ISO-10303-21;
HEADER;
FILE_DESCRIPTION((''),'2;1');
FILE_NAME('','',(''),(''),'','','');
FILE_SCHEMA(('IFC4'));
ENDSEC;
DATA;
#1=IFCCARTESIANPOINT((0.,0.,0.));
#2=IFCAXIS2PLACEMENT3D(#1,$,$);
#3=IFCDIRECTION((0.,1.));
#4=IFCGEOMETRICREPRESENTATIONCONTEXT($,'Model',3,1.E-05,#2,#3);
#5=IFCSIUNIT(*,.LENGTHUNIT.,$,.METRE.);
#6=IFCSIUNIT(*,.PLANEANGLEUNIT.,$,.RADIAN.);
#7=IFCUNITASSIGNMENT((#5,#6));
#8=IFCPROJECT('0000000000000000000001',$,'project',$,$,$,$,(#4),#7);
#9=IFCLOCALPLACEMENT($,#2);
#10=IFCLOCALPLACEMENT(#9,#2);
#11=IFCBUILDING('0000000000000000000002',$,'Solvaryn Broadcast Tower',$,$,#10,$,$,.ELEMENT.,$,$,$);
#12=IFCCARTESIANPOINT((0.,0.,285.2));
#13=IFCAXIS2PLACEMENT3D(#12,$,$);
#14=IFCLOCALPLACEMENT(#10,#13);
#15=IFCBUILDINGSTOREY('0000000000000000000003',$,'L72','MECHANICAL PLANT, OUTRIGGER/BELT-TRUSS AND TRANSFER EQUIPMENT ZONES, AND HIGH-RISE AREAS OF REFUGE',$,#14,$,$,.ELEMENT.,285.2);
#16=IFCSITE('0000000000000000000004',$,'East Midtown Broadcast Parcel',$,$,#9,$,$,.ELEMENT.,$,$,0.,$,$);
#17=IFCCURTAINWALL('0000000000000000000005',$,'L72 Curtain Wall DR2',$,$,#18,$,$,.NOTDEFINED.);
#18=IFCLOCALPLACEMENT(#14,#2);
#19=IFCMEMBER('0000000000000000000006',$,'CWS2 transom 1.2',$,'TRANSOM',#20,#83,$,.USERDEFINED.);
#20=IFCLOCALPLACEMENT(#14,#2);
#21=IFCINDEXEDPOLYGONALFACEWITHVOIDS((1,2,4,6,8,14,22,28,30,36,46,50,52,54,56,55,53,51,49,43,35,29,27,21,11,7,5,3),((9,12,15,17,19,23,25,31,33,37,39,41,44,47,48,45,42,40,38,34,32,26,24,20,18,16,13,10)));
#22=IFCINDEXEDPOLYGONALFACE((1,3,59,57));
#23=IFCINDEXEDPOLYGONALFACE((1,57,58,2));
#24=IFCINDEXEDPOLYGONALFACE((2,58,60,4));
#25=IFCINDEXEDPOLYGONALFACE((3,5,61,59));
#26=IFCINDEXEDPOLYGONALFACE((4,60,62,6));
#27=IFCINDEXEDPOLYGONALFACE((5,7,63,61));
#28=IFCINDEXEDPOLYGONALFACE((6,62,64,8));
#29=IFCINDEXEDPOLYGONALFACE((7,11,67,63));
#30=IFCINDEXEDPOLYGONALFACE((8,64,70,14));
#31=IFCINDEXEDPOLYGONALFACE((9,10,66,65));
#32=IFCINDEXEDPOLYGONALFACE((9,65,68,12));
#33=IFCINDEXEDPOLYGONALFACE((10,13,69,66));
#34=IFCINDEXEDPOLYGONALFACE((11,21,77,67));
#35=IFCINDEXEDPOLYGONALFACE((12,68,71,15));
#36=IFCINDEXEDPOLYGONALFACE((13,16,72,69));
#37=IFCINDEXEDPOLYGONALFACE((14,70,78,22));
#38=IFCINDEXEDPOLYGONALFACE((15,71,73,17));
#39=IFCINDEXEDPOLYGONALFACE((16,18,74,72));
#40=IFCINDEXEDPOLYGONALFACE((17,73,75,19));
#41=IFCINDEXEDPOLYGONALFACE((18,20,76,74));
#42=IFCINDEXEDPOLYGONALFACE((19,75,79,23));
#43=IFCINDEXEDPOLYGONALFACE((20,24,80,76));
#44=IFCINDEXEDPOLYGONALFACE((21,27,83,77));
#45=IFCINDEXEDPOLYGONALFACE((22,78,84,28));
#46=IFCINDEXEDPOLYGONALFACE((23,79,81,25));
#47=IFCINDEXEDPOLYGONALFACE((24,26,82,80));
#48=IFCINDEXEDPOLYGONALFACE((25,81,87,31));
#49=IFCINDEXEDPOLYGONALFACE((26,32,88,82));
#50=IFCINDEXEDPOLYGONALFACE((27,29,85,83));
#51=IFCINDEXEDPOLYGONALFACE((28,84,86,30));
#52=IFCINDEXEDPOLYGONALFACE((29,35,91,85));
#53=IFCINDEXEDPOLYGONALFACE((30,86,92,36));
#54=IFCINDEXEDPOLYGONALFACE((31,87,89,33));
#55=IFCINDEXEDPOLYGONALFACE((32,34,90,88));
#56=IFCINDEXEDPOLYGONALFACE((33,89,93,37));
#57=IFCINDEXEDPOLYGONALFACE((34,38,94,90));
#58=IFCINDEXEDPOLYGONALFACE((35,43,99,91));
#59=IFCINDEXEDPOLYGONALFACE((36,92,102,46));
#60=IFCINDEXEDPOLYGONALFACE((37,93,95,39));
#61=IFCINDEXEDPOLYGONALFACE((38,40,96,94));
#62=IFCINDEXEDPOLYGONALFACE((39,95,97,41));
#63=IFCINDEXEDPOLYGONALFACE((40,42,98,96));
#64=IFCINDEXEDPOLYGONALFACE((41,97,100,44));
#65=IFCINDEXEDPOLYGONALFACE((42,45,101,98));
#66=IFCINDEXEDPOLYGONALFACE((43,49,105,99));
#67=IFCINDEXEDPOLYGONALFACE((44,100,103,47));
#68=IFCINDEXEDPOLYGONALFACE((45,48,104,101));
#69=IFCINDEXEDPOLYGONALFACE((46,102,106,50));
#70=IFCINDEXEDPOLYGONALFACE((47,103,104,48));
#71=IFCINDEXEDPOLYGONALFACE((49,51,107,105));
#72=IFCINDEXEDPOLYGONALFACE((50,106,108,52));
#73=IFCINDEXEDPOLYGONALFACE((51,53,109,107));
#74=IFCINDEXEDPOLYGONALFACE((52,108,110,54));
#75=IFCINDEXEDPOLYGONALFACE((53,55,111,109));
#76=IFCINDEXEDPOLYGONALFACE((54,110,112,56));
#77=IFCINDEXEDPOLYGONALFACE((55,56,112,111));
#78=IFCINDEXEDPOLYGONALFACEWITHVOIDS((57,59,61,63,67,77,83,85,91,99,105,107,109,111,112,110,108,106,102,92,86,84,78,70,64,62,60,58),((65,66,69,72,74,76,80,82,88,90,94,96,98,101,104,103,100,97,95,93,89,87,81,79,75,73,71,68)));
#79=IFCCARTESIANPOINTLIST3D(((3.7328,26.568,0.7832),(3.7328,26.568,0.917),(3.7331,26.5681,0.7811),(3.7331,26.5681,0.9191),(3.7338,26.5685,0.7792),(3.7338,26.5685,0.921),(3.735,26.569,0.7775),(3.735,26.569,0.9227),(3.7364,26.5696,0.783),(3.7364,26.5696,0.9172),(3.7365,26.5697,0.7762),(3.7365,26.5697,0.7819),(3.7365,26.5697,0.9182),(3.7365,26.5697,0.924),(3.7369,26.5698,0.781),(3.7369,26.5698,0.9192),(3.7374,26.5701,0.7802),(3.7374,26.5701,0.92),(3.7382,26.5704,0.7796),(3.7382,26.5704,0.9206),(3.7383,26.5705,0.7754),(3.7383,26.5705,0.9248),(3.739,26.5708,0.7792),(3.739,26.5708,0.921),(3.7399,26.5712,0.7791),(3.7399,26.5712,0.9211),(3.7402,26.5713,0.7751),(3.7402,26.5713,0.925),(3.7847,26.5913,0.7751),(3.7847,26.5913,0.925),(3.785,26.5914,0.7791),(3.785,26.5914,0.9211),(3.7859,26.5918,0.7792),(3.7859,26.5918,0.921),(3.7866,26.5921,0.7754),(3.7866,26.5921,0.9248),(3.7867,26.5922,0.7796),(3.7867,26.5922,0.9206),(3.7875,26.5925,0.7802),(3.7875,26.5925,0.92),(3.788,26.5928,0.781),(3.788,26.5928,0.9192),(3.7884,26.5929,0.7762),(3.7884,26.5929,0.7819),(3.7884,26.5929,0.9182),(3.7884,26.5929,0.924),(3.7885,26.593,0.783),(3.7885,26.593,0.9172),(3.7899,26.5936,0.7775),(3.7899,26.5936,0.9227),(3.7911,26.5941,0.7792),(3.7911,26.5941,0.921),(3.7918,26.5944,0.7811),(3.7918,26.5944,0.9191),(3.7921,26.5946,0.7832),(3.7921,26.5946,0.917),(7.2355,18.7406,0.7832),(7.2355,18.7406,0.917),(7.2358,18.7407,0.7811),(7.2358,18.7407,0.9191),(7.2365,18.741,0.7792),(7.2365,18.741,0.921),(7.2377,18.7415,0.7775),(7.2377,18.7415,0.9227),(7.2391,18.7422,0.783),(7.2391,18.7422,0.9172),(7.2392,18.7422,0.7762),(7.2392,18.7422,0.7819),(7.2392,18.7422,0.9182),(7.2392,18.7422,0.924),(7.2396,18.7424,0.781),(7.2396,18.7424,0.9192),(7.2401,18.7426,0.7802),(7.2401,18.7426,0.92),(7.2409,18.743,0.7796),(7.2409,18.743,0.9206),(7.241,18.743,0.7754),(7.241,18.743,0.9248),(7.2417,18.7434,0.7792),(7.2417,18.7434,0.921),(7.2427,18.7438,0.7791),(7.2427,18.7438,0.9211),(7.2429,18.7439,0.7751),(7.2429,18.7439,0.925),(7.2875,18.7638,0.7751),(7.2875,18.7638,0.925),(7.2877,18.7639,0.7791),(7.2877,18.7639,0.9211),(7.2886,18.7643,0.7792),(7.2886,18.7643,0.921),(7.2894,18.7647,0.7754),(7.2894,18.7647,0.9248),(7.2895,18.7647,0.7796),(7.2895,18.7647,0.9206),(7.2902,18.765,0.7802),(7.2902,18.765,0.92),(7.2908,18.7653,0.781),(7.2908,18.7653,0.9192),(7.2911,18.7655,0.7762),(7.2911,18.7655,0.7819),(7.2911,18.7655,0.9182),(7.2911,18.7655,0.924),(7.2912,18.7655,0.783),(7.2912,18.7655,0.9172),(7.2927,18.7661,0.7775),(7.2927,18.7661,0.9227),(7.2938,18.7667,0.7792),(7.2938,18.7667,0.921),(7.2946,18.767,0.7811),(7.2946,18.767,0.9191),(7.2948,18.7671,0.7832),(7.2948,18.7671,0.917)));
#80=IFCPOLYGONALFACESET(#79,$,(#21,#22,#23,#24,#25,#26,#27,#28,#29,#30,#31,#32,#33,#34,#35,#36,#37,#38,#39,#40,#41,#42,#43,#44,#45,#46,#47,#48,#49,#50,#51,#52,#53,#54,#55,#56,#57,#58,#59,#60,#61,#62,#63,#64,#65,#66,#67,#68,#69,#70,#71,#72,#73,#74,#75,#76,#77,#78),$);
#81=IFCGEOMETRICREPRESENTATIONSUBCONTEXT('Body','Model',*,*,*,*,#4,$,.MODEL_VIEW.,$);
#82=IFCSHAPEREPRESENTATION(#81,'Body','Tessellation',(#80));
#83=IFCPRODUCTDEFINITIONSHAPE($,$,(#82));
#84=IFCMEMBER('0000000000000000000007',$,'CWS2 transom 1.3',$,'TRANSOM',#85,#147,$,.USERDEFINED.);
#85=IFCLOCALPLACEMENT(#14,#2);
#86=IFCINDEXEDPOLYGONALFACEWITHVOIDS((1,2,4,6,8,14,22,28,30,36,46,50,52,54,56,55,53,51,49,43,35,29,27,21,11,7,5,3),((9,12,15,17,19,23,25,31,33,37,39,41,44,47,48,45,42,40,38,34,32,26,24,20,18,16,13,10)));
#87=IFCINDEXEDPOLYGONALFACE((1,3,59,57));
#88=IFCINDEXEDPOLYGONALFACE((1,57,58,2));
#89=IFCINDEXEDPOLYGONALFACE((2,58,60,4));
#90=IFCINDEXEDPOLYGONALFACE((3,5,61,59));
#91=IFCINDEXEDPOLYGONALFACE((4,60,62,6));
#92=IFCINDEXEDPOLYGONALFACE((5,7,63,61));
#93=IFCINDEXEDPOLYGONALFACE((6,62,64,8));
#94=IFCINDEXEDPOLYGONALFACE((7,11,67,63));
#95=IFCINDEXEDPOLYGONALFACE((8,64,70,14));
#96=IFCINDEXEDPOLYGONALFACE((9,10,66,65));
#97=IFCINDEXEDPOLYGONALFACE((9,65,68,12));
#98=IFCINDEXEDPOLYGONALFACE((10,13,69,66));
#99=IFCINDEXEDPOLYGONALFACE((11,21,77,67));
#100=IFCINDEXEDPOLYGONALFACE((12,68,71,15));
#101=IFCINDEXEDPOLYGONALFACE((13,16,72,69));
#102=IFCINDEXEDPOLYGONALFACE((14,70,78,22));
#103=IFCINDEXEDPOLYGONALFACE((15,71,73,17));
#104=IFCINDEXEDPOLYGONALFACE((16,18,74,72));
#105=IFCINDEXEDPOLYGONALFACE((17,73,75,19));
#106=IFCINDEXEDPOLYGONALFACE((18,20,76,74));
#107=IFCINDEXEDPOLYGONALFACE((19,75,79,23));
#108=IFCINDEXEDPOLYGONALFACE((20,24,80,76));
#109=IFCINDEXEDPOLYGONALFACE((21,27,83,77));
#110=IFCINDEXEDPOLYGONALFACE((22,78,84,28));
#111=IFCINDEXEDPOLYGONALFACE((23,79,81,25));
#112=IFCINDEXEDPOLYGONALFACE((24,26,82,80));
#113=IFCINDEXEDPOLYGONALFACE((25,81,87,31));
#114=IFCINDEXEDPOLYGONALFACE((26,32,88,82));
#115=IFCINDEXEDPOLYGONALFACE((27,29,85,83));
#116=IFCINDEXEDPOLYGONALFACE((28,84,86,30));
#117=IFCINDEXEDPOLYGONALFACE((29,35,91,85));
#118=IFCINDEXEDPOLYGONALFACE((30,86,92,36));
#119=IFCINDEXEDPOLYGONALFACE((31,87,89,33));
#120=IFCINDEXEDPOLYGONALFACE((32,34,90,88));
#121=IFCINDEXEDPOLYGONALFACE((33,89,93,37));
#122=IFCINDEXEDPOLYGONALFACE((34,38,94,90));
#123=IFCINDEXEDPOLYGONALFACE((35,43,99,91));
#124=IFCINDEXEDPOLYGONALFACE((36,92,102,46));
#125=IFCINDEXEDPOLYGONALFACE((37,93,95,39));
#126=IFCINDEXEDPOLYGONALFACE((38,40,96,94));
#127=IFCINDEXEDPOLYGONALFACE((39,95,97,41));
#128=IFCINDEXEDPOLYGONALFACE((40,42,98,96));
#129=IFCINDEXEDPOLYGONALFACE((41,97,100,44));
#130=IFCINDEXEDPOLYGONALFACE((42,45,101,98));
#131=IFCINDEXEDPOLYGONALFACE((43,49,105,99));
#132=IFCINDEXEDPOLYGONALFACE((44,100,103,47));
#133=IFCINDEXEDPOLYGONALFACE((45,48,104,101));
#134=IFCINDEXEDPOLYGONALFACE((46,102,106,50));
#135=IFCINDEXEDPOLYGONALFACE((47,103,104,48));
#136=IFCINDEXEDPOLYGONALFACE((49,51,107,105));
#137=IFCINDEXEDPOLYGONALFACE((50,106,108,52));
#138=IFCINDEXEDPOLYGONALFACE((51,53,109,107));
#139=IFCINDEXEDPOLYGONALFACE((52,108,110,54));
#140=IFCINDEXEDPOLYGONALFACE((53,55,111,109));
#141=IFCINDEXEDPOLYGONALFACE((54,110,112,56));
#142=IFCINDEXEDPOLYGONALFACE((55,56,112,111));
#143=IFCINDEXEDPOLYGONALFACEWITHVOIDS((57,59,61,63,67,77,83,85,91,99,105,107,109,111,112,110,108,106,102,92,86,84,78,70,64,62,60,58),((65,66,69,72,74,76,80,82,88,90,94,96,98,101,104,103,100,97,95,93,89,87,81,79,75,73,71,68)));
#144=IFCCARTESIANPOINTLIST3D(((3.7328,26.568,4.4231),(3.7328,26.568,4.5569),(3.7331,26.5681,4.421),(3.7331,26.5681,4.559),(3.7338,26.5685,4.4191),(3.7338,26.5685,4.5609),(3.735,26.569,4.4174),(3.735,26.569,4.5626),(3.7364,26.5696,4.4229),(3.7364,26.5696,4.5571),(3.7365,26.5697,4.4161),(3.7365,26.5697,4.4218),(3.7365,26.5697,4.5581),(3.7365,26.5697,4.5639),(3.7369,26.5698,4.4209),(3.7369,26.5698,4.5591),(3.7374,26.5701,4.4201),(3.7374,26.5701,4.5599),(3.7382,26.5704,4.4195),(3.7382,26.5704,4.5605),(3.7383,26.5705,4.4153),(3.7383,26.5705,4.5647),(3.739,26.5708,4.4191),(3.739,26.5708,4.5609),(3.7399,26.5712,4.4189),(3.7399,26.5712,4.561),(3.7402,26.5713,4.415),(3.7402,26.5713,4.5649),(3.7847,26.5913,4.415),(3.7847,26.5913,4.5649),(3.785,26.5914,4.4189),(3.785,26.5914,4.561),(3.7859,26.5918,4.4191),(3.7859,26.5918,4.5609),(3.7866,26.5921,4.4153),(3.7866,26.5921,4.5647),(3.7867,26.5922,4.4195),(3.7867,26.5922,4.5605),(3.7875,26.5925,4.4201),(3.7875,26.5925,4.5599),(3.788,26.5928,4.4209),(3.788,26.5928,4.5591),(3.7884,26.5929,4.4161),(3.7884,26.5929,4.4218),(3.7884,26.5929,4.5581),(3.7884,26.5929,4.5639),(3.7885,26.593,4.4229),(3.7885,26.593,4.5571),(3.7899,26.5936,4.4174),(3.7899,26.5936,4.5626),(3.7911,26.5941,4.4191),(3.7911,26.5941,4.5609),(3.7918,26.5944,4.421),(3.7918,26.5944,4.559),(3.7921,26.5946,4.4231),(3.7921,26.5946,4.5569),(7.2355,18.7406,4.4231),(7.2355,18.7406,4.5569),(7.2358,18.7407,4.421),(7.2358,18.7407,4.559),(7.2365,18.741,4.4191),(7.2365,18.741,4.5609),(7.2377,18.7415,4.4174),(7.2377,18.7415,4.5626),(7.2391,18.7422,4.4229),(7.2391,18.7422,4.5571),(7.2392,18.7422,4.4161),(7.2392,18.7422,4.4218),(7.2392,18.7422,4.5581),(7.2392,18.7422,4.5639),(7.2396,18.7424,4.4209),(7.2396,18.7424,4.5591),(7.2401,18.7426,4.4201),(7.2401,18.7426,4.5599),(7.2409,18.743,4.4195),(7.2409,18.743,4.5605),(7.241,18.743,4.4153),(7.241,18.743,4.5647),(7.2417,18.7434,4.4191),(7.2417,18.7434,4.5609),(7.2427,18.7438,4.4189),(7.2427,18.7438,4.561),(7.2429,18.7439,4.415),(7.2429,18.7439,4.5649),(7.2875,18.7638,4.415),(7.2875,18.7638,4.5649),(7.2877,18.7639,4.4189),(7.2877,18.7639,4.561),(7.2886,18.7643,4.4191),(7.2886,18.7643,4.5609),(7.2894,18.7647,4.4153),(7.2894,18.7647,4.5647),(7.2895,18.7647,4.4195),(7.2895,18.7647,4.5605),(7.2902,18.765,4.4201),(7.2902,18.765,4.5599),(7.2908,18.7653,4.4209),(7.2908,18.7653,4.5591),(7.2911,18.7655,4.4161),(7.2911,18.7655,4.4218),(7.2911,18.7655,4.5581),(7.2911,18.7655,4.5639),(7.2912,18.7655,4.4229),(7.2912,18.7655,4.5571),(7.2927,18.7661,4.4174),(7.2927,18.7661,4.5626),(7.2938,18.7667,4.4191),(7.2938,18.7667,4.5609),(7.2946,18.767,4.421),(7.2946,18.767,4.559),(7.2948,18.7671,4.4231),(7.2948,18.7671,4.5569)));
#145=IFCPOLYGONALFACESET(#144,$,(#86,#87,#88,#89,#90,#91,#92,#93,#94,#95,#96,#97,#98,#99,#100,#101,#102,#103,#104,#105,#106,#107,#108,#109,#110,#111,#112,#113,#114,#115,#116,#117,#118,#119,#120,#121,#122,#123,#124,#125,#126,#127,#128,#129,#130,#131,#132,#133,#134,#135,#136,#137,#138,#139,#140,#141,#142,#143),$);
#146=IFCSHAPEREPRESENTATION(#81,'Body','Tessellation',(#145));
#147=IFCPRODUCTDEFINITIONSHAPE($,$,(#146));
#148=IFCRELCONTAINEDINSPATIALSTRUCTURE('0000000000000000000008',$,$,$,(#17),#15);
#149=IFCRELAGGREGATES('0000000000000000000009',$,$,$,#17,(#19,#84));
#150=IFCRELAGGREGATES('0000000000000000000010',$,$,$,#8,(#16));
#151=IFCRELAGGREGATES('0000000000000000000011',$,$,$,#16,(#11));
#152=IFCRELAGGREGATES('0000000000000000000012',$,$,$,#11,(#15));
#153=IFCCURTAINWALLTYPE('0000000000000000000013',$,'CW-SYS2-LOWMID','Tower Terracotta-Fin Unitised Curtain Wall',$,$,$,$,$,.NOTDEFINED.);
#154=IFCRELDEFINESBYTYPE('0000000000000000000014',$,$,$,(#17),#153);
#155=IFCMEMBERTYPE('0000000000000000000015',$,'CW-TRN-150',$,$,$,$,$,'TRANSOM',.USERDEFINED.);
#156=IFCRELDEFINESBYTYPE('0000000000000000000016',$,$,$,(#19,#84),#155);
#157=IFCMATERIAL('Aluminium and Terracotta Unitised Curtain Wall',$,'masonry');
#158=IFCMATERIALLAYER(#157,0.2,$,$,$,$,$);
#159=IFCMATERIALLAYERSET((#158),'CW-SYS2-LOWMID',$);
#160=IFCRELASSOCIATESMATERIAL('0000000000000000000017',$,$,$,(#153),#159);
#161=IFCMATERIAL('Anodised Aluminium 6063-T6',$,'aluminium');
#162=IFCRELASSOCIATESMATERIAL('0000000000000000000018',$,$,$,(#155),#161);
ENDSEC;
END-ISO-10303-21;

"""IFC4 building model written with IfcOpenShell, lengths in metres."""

from ifc_helpers import new_model, si_unit, direction, frame, origin, origin_2d, place, context, subcontext, project, spatial, hollow_rectangle, extrude, material, layer, layer_set, material_profile, profile_set, type_object, element, aggregate, save


model = new_model("IFC4")

# Units and contexts
model_context = context("Model", 3, precision=1e-05, world=origin(), true_north=direction((0.0, 1.0)))
body_context = subcontext(model_context, "Body", "Model", "MODEL_VIEW")
ifc_project = project(units=[si_unit("LENGTHUNIT", "METRE"), si_unit("PLANEANGLEUNIT", "RADIAN")], contexts=[model_context])

# Site, building, storey
site_placement = place(None, origin())
site = spatial("IfcSite", under=ifc_project, at=site_placement, Name="East Midtown Broadcast Parcel", CompositionType="ELEMENT", RefElevation=0.0)
building_placement = place(site_placement, origin())
building = spatial("IfcBuilding", under=site, at=building_placement, Name="Solvaryn Broadcast Tower", CompositionType="ELEMENT")
storey_placement = place(building_placement, frame((0.0, 0.0, 285.2)))
storey = spatial("IfcBuildingStorey", under=building, at=storey_placement, Name="L72", Description="MECHANICAL PLANT, OUTRIGGER/BELT-TRUSS AND TRANSFER EQUIPMENT ZONES, AND HIGH-RISE AREAS OF REFUGE", CompositionType="ELEMENT", Elevation=285.2)

# Shared definitions
ifc_material_1 = material(Name="Aluminium and Terracotta Unitised Curtain Wall", Category="masonry")
ifc_layer_1 = layer(ifc_material_1, 0.2)
ifc_layer_set_1 = layer_set([ifc_layer_1], Name="CW-SYS2-LOWMID")
curtain_wall_type = type_object("IfcCurtainWallType", Name="CW-SYS2-LOWMID", Description="Tower Terracotta-Fin Unitised Curtain Wall", PredefinedType="NOTDEFINED", material=ifc_layer_set_1)

# Curtain wall, members
curtain_wall_1_placement = place(storey_placement, origin())
curtain_wall_1 = element("IfcCurtainWall", 1, at=curtain_wall_1_placement, inside=storey, type_object=curtain_wall_type, Name="L72 Curtain Wall DR2", PredefinedType="NOTDEFINED")
ifc_material_2 = material(Name="Anodised Aluminium 6063-T6", Category="aluminium")
ifc_material_profile_1 = material_profile(ifc_material_2, hollow_rectangle(XDim=0.0649, YDim=0.1499, WallThickness=0.0039, InnerFilletRadius=0.0039, OuterFilletRadius=0.0081, at=origin_2d()))
ifc_profile_set_1 = profile_set([ifc_material_profile_1], Name="Anodised Aluminium 6063-T6")
member_type_1 = type_object("IfcMemberType", Name="CW-TRN-150", ElementType="TRANSOM", PredefinedType="USERDEFINED", material=ifc_profile_set_1)
member_1_placement = place(storey_placement, frame((3.7625, 26.5813, 0.8501), z_axis=(0.408459, -0.912777, 0.0), x_axis=(0.912777, 0.408459, 0.0)))
member_1 = element("IfcMember", 2, at=member_1_placement, type_object=member_type_1, Name="CWS2 transom 1.2", ObjectType="TRANSOM", PredefinedType="USERDEFINED", context=body_context, shape_type="SweptSolid", body=[
    extrude(hollow_rectangle(XDim=0.0649, YDim=0.1499, WallThickness=0.0039, InnerFilletRadius=0.0039, OuterFilletRadius=0.0081, at=origin_2d()), origin(), (0.0, 0.0, 1.0), 8.5754),
])
member_2_placement = place(storey_placement, frame((3.7625, 26.5813, 4.49), z_axis=(0.408459, -0.912777, 0.0), x_axis=(0.912777, 0.408459, 0.0)))
member_2 = element("IfcMember", 3, at=member_2_placement, type_object=member_type_1, Name="CWS2 transom 1.3", ObjectType="TRANSOM", PredefinedType="USERDEFINED", context=body_context, shape_type="SweptSolid", body=[
    extrude(hollow_rectangle(XDim=0.0649, YDim=0.1499, WallThickness=0.0039, InnerFilletRadius=0.0039, OuterFilletRadius=0.0081, at=origin_2d()), origin(), (0.0, 0.0, 1.0), 8.5754),
])

aggregate(curtain_wall_1, [member_1, member_2])

save(model, "model.ifc")
